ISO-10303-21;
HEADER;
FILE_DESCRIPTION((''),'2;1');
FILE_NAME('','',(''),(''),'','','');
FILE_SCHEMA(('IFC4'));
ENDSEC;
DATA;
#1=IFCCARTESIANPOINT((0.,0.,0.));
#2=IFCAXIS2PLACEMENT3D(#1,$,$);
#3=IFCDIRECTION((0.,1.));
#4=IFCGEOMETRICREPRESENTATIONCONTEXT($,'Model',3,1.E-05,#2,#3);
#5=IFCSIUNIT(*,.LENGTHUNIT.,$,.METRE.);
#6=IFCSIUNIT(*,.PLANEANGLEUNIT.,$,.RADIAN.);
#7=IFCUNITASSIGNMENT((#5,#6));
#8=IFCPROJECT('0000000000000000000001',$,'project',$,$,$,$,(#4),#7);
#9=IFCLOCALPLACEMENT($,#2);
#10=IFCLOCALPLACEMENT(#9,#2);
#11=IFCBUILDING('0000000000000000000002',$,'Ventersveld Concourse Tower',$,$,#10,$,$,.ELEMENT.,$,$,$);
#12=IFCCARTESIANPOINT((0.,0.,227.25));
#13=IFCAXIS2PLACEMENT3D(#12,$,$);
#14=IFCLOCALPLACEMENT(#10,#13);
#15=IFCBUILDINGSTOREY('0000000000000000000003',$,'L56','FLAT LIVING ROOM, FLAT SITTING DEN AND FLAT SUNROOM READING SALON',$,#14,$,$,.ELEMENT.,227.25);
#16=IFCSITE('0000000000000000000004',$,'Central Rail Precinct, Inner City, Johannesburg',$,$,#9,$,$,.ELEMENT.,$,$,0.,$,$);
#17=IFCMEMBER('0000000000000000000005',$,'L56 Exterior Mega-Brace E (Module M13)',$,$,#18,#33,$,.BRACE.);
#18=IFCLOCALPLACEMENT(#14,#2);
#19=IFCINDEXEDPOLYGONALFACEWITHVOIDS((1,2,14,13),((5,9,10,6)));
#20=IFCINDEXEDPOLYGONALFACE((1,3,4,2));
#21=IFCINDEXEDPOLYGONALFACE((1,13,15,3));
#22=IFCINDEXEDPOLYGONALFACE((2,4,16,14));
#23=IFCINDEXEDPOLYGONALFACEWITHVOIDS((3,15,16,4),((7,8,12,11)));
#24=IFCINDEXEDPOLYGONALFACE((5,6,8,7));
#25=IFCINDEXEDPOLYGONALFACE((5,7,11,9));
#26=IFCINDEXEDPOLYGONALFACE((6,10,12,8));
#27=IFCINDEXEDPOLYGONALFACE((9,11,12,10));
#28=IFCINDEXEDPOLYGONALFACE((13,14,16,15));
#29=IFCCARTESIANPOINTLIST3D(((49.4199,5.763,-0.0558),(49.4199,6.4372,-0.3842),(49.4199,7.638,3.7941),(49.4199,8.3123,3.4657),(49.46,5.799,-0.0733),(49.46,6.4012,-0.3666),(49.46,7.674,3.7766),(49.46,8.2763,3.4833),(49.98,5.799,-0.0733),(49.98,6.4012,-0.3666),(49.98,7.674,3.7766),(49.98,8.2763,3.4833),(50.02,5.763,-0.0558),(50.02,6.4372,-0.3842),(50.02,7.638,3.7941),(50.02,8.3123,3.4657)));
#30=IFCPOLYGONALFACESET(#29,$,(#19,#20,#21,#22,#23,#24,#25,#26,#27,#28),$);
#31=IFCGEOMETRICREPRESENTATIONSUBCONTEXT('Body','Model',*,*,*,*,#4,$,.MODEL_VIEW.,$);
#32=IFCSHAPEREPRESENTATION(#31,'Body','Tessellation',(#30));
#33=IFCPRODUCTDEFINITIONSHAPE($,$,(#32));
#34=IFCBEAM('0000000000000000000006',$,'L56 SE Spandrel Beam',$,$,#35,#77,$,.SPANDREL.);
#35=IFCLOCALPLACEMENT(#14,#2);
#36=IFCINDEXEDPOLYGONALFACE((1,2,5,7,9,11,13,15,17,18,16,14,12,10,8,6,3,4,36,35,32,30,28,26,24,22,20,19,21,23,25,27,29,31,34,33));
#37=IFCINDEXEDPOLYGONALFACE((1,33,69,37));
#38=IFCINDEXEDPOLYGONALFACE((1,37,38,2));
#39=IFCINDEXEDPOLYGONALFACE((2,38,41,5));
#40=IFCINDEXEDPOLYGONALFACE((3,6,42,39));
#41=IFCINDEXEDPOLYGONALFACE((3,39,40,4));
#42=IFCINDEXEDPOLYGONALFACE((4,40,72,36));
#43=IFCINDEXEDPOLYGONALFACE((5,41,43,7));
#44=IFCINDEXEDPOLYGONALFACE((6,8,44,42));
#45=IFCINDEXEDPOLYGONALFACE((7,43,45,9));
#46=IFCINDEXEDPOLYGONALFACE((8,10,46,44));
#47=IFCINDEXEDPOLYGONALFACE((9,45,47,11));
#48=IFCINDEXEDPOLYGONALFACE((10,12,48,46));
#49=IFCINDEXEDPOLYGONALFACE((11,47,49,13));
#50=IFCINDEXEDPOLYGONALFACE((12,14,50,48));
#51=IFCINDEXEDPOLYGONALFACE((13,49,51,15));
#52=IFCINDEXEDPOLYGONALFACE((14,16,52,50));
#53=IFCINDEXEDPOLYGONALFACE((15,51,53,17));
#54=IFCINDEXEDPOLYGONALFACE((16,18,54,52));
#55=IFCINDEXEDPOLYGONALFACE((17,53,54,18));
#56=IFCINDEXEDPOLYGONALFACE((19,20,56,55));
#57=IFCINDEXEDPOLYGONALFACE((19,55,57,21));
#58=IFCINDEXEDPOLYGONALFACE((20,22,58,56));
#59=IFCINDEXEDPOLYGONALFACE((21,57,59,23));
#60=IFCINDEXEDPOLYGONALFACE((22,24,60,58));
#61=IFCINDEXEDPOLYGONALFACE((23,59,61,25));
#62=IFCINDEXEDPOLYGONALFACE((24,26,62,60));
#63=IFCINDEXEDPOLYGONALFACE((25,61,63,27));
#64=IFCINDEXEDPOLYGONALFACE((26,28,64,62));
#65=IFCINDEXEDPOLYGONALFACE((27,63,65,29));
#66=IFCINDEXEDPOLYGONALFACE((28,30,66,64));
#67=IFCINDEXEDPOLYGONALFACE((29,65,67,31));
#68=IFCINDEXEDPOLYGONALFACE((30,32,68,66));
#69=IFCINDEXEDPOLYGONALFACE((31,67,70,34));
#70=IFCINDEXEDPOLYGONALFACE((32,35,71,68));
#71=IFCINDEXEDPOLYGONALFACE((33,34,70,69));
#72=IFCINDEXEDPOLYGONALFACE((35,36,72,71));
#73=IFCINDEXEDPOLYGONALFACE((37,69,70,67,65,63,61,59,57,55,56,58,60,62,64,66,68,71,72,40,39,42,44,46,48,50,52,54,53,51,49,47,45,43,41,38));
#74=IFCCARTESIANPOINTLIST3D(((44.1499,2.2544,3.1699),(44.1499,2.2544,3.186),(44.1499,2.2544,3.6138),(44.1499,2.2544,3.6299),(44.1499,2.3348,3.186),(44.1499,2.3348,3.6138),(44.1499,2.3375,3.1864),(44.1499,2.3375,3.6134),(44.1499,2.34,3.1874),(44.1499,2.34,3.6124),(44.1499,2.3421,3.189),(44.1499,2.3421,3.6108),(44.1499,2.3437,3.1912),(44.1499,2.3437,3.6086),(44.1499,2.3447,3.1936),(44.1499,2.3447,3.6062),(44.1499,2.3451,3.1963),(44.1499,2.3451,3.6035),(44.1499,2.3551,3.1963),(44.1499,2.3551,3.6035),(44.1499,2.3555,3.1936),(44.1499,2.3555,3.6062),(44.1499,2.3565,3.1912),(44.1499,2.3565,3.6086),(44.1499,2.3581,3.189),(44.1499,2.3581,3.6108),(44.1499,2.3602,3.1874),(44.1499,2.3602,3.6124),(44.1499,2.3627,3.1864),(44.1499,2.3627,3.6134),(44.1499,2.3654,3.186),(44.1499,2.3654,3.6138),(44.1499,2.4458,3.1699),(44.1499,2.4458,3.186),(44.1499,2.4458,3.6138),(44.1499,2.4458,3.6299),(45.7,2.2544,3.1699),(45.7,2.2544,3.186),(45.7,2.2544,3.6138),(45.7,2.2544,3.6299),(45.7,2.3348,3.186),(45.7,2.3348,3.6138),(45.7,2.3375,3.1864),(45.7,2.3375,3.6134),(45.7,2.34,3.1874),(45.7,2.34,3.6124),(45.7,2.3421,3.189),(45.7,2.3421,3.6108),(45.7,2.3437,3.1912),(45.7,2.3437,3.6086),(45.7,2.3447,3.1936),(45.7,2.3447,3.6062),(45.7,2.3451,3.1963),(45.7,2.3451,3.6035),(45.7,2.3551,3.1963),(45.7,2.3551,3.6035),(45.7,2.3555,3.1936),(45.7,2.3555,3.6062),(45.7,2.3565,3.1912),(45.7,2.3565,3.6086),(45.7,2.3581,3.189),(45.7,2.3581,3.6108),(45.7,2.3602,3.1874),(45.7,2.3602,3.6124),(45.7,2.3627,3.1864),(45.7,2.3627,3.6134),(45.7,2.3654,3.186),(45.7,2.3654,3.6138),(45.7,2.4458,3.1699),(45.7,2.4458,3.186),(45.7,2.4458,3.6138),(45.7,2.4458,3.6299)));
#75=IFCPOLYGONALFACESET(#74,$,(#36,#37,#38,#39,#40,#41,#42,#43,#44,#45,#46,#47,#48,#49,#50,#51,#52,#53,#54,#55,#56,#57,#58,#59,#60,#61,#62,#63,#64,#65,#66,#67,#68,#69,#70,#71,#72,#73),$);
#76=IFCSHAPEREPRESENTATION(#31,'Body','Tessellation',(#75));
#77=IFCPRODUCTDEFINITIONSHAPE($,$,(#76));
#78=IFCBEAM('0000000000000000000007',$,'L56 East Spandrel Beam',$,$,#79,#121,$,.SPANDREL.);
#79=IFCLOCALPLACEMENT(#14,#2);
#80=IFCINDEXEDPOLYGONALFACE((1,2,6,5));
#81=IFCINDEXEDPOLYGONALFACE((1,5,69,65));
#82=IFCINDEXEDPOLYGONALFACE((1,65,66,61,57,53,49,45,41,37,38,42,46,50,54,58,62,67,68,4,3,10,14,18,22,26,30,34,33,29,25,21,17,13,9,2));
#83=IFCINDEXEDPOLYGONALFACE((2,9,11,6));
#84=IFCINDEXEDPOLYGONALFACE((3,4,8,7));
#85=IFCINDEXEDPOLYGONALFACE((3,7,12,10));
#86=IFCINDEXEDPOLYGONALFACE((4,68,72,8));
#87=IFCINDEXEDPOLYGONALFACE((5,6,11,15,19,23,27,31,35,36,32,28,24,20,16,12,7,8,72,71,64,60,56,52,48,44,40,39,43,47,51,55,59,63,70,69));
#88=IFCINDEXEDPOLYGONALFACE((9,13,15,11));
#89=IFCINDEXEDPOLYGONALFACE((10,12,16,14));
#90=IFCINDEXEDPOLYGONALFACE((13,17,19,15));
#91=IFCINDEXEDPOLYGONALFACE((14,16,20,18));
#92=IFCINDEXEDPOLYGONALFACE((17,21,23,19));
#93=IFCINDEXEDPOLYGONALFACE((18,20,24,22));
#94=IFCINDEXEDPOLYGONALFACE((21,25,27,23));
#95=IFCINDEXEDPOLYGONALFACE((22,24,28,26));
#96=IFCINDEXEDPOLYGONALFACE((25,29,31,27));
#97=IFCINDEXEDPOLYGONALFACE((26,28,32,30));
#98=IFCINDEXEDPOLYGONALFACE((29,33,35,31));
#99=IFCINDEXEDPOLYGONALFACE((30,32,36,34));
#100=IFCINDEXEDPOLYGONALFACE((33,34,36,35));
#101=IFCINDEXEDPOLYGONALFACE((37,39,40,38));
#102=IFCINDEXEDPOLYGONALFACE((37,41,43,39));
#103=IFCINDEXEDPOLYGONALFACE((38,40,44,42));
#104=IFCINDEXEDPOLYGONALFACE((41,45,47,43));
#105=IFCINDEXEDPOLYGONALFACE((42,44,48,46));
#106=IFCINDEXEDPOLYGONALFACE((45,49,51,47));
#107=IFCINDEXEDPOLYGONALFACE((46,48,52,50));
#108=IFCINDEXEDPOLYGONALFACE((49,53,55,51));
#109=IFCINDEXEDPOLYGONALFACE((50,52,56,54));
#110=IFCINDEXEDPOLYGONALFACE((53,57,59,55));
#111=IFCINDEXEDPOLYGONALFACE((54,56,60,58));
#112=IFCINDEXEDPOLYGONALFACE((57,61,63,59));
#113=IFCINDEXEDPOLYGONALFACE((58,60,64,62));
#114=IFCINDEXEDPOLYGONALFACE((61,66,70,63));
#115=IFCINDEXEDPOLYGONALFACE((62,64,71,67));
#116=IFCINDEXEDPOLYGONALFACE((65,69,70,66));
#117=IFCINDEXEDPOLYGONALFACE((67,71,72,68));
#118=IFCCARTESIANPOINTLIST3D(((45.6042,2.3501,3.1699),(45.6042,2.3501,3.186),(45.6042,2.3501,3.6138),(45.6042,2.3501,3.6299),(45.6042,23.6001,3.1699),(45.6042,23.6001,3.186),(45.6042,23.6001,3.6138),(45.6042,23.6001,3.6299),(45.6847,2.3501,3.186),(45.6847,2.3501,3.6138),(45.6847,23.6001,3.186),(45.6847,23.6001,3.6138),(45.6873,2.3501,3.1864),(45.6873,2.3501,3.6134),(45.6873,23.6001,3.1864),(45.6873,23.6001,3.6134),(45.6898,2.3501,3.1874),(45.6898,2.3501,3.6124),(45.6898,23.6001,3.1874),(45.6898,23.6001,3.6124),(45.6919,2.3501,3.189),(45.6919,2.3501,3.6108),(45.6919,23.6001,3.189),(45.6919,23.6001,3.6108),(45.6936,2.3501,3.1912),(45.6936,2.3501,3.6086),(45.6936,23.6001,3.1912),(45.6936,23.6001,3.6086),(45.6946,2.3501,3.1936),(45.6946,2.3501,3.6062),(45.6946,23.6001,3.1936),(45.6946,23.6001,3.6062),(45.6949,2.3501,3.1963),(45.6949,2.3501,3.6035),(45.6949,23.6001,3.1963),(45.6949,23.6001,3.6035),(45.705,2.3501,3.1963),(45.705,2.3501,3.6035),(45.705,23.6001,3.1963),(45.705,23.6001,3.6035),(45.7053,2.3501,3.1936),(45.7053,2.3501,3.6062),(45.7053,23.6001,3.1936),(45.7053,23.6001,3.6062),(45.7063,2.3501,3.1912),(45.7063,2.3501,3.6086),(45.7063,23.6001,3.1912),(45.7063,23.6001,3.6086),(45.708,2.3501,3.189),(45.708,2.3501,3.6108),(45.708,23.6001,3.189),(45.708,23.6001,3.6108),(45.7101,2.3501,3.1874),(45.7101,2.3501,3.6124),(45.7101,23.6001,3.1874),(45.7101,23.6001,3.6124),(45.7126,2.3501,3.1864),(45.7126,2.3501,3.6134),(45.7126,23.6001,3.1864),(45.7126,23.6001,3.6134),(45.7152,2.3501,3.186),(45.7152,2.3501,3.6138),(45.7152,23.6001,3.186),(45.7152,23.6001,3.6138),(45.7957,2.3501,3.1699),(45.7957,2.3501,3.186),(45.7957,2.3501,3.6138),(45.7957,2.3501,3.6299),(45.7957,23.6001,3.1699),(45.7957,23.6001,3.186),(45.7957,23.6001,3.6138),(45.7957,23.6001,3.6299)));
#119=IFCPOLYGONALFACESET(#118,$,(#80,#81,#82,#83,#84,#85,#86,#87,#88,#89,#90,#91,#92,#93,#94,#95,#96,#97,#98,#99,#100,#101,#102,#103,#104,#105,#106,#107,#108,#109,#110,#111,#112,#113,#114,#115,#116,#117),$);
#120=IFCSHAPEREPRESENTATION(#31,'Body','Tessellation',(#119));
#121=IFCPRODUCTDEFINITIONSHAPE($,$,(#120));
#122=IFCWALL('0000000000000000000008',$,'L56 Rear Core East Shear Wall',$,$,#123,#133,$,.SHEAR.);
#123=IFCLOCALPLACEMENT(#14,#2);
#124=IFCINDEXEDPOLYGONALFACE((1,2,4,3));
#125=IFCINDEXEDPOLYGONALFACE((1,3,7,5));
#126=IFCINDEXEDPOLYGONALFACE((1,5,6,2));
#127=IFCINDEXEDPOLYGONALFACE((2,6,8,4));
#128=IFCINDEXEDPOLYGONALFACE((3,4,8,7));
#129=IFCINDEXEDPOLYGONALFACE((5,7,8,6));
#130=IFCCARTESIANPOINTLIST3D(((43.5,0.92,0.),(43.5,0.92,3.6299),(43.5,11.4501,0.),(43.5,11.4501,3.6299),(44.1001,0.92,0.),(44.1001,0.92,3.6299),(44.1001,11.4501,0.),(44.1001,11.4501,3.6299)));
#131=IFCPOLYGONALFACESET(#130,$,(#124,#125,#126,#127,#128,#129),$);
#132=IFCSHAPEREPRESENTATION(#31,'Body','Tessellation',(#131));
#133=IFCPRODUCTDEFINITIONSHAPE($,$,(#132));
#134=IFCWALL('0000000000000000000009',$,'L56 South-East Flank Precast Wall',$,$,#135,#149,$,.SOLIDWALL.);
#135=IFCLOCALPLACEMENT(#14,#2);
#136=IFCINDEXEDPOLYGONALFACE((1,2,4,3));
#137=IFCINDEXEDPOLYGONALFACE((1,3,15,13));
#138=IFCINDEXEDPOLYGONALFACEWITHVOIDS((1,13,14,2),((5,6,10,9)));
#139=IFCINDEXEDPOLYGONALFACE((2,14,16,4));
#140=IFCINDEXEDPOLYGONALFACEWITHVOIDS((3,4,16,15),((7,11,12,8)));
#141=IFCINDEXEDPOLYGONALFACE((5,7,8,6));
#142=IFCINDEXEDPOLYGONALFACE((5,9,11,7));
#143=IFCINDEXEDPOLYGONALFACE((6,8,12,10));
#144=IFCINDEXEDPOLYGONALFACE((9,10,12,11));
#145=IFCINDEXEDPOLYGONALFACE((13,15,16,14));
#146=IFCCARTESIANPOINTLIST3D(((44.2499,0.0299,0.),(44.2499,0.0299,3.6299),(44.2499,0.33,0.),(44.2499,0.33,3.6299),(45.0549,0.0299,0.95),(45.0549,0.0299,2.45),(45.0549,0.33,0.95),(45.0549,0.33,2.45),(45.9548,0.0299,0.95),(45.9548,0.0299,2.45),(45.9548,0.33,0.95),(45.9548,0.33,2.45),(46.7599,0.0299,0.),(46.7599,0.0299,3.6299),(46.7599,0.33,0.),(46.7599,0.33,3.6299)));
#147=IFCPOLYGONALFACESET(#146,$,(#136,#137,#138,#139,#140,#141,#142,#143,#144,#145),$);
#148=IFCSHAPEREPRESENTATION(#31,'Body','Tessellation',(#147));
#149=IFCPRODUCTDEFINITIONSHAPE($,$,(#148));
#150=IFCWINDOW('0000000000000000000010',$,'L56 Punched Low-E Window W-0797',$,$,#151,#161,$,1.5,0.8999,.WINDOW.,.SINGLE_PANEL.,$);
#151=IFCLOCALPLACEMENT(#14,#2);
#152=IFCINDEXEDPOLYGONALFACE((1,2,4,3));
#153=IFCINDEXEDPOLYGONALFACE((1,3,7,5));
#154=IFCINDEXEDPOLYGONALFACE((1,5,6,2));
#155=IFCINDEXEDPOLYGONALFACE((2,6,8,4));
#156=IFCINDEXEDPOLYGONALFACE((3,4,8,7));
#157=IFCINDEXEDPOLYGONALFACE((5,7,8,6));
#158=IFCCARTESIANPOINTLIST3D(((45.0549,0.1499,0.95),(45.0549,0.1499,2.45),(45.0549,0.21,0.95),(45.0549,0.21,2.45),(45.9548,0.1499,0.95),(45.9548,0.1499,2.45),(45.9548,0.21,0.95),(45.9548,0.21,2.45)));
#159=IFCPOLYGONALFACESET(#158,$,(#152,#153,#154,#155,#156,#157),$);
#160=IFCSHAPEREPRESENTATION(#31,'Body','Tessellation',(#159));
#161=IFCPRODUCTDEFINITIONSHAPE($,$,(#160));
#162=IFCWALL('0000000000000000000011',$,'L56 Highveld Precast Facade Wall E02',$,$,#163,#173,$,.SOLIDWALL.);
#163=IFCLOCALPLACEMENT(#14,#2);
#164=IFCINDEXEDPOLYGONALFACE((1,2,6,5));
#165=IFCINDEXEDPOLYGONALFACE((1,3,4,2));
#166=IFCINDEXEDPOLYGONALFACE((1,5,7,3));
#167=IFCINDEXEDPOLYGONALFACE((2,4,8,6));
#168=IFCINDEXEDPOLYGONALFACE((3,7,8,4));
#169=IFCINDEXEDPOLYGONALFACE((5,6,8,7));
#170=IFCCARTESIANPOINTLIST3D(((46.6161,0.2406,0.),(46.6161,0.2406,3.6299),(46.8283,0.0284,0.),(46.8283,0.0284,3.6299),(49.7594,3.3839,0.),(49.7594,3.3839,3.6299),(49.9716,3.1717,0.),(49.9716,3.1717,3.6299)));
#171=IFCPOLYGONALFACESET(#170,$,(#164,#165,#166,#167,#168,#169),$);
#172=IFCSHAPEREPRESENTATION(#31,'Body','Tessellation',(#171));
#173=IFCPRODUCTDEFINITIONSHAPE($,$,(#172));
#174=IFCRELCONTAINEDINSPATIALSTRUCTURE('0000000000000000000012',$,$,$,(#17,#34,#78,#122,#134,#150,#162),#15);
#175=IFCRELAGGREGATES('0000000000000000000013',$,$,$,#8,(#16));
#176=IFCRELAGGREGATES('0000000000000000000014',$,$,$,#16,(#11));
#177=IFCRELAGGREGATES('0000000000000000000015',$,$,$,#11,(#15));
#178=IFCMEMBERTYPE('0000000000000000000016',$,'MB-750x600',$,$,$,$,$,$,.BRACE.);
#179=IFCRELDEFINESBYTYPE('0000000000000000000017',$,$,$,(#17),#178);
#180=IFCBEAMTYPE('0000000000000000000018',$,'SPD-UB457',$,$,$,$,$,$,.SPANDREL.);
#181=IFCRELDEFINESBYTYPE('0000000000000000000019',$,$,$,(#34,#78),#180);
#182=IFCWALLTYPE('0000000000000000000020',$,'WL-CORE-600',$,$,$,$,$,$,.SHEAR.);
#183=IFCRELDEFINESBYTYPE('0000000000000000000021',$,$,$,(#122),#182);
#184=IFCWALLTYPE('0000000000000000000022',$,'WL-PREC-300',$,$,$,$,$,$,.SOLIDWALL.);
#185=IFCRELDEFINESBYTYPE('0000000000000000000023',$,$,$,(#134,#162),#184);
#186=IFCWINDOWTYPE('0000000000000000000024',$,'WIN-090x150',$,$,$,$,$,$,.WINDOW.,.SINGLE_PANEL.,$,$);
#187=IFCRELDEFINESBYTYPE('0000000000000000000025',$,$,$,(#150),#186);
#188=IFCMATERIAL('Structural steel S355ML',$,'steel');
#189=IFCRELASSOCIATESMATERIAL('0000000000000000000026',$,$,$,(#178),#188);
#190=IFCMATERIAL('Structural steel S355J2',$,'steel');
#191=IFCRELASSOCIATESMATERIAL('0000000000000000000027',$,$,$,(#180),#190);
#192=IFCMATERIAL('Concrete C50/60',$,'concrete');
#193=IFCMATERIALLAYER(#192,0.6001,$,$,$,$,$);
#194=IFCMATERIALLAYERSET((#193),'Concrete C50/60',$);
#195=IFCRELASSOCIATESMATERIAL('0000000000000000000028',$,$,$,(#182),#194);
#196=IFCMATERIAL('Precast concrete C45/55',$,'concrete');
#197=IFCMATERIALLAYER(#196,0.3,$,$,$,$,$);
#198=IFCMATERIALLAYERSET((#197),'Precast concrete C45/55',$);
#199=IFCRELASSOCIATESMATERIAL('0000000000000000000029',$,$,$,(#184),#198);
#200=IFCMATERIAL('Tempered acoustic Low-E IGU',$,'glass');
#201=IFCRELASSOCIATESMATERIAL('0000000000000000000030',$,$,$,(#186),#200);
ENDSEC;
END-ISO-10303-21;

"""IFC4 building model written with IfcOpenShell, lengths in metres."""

from ifc_helpers import new_model, si_unit, direction, frame, frame_2d, origin, origin_2d, place, context, subcontext, project, spatial, rectangle, hollow_rectangle, i_section, extrude, material, layer, layer_set, material_profile, profile_set, type_object, element, fill, save


model = new_model("IFC4")

# Units and contexts
model_context = context("Model", 3, precision=1e-05, world=origin(), true_north=direction((0.0, 1.0)))
body_context = subcontext(model_context, "Body", "Model", "MODEL_VIEW")
ifc_project = project(units=[si_unit("LENGTHUNIT", "METRE"), si_unit("PLANEANGLEUNIT", "RADIAN")], contexts=[model_context])

# Site, building, storey
site_placement = place(None, origin())
site = spatial("IfcSite", under=ifc_project, at=site_placement, Name="Central Rail Precinct, Inner City, Johannesburg", CompositionType="ELEMENT", RefElevation=0.0)
building_placement = place(site_placement, origin())
building = spatial("IfcBuilding", under=site, at=building_placement, Name="Ventersveld Concourse Tower", CompositionType="ELEMENT")
storey_placement = place(building_placement, frame((0.0, 0.0, 227.25)))
storey = spatial("IfcBuildingStorey", under=building, at=storey_placement, Name="L56", Description="FLAT LIVING ROOM, FLAT SITTING DEN AND FLAT SUNROOM READING SALON", CompositionType="ELEMENT", Elevation=227.25)

# Shared definitions
ifc_material_1 = material(Name="Concrete C50/60", Category="concrete")

# Shared definitions
ifc_material_2 = material(Name="Structural steel S355J2", Category="steel")

# Member
ifc_material_3 = material(Name="Structural steel S355ML", Category="steel")
ifc_material_profile_1 = material_profile(ifc_material_3, hollow_rectangle(XDim=0.6001, YDim=0.75, WallThickness=0.04, at=origin_2d()), Name="BOX 750x600x40")
ifc_profile_set_1 = profile_set([ifc_material_profile_1], Name="Structural steel S355ML")
member_type = type_object("IfcMemberType", Name="MB-750x600", PredefinedType="BRACE", material=ifc_profile_set_1)
member_placement = place(storey_placement, frame((49.72, 6.1001, -0.22), z_axis=(0.0, 0.437862, 0.899042), x_axis=(-1.0, 0.0, 0.0)))
element("IfcMember", 1, at=member_placement, inside=storey, type_object=member_type, Name="L56 Exterior Mega-Brace E (Module M13)", PredefinedType="BRACE", context=body_context, shape_type="SweptSolid", body=[
    extrude(hollow_rectangle(XDim=0.6001, YDim=0.75, WallThickness=0.04, at=origin_2d()), origin(), (0.0, 0.0, 1.0), 4.2822),
])

# Beams
ifc_material_profile_2 = material_profile(ifc_material_2, i_section(OverallWidth=0.1914, OverallDepth=0.46, WebThickness=0.01, FlangeThickness=0.0161, FilletRadius=0.0103, at=origin_2d()), Name="UB 457x191x82")
ifc_profile_set_2 = profile_set([ifc_material_profile_2], Name="Structural steel S355J2")
beam_type_1 = type_object("IfcBeamType", Name="SPD-UB457", PredefinedType="SPANDREL", material=ifc_profile_set_2)
beam_1_placement = place(storey_placement, frame((44.1499, 2.3501, 3.3999), z_axis=(1.0, 0.0, 0.0), x_axis=(0.0, 1.0, 0.0)))
element("IfcBeam", 2, at=beam_1_placement, inside=storey, type_object=beam_type_1, Name="L56 SE Spandrel Beam", PredefinedType="SPANDREL", context=body_context, shape_type="SweptSolid", body=[
    extrude(i_section(OverallWidth=0.1914, OverallDepth=0.46, WebThickness=0.01, FlangeThickness=0.0161, FilletRadius=0.0103, at=origin_2d()), origin(), (0.0, 0.0, 1.0), 1.55),
])
beam_2_placement = place(storey_placement, frame((45.7, 2.3501, 3.3999), z_axis=(0.0, 1.0, 0.0), x_axis=(-1.0, 0.0, 0.0)))
element("IfcBeam", 3, at=beam_2_placement, inside=storey, type_object=beam_type_1, Name="L56 East Spandrel Beam", PredefinedType="SPANDREL", context=body_context, shape_type="SweptSolid", body=[
    extrude(i_section(OverallWidth=0.1914, OverallDepth=0.46, WebThickness=0.01, FlangeThickness=0.0161, FilletRadius=0.0103, at=origin_2d()), origin(), (0.0, 0.0, 1.0), 21.25),
])

# Wall
ifc_layer_1 = layer(ifc_material_1, 0.6001)
ifc_layer_set_1 = layer_set([ifc_layer_1], Name="Concrete C50/60")
wall_type_1 = type_object("IfcWallType", Name="WL-CORE-600", PredefinedType="SHEAR", material=ifc_layer_set_1)
wall_1_placement = place(storey_placement, frame((43.8, 0.9199, 0.0), z_axis=(0.0, 0.0, 1.0), x_axis=(0.0, 1.0, 0.0)))
element("IfcWall", 4, at=wall_1_placement, inside=storey, type_object=wall_type_1, Name="L56 Rear Core East Shear Wall", PredefinedType="SHEAR", context=body_context, shape_type="SweptSolid", body=[
    extrude(rectangle(XDim=10.53, YDim=0.6001, at=frame_2d((5.2651, 0.0))), origin(), (0.0, 0.0, 1.0), 3.6299),
])

# Wall, opening, window
ifc_material_4 = material(Name="Precast concrete C45/55", Category="concrete")
ifc_layer_2 = layer(ifc_material_4, 0.3)
ifc_layer_set_2 = layer_set([ifc_layer_2], Name="Precast concrete C45/55")
wall_type_2 = type_object("IfcWallType", Name="WL-PREC-300", PredefinedType="SOLIDWALL", material=ifc_layer_set_2)
wall_2_placement = place(storey_placement, frame((44.25, 0.1799, 0.0), z_axis=(0.0, 0.0, 1.0), x_axis=(1.0, 0.0, 0.0)))
wall_2 = element("IfcWall", 5, at=wall_2_placement, inside=storey, type_object=wall_type_2, Name="L56 South-East Flank Precast Wall", PredefinedType="SOLIDWALL", context=body_context, shape_type="SweptSolid", body=[
    extrude(rectangle(XDim=2.51, YDim=0.3, at=frame_2d((1.2549, 0.0))), origin(), (0.0, 0.0, 1.0), 3.6299),
])
opening_1_placement = place(wall_2_placement, frame((0.8049, 0.0, 0.95)))
opening_1 = element("IfcOpeningElement", 6, at=opening_1_placement, cuts=wall_2, PredefinedType="OPENING", context=body_context, shape_type="SweptSolid", body=[
    extrude(rectangle(XDim=0.8999, YDim=1.5, at=frame_2d((0.45, 0.75))), frame((0.0, 0.1602, 0.0), z_axis=(0.0, -1.0, 0.0), x_axis=(1.0, 0.0, 0.0)), (0.0, 0.0, 1.0), 0.3201),
])
ifc_material_5 = material(Name="Tempered acoustic Low-E IGU", Category="glass")
window_type_1 = type_object("IfcWindowType", Name="WIN-090x150", PartitioningType="SINGLE_PANEL", PredefinedType="WINDOW", material=ifc_material_5)
window_1_placement = place(opening_1_placement, origin())
window_1 = element("IfcWindow", 7, at=window_1_placement, inside=storey, type_object=window_type_1, Name="L56 Punched Low-E Window W-0797", OverallHeight=1.5, OverallWidth=0.8999, PartitioningType="SINGLE_PANEL", PredefinedType="WINDOW", context=body_context, shape_type="SweptSolid", body=[
    extrude(rectangle(XDim=0.8999, YDim=1.5, at=frame_2d((0.45, 0.75))), frame((0.0, 0.03, 0.0), z_axis=(0.0, -1.0, 0.0), x_axis=(1.0, 0.0, 0.0)), (0.0, 0.0, 1.0), 0.0601),
])
fill(opening_1, window_1)

# Wall
wall_3_placement = place(storey_placement, frame((46.7222, 0.1345, 0.0), z_axis=(0.0, 0.0, 1.0), x_axis=(0.707107, 0.707107, 0.0)))
element("IfcWall", 8, at=wall_3_placement, inside=storey, type_object=wall_type_2, Name="L56 Highveld Precast Facade Wall E02", PredefinedType="SOLIDWALL", context=body_context, shape_type="SweptSolid", body=[
    extrude(rectangle(XDim=4.4453, YDim=0.3, at=frame_2d((2.2227, 0.0))), origin(), (0.0, 0.0, 1.0), 3.6299),
])

save(model, "model.ifc")
